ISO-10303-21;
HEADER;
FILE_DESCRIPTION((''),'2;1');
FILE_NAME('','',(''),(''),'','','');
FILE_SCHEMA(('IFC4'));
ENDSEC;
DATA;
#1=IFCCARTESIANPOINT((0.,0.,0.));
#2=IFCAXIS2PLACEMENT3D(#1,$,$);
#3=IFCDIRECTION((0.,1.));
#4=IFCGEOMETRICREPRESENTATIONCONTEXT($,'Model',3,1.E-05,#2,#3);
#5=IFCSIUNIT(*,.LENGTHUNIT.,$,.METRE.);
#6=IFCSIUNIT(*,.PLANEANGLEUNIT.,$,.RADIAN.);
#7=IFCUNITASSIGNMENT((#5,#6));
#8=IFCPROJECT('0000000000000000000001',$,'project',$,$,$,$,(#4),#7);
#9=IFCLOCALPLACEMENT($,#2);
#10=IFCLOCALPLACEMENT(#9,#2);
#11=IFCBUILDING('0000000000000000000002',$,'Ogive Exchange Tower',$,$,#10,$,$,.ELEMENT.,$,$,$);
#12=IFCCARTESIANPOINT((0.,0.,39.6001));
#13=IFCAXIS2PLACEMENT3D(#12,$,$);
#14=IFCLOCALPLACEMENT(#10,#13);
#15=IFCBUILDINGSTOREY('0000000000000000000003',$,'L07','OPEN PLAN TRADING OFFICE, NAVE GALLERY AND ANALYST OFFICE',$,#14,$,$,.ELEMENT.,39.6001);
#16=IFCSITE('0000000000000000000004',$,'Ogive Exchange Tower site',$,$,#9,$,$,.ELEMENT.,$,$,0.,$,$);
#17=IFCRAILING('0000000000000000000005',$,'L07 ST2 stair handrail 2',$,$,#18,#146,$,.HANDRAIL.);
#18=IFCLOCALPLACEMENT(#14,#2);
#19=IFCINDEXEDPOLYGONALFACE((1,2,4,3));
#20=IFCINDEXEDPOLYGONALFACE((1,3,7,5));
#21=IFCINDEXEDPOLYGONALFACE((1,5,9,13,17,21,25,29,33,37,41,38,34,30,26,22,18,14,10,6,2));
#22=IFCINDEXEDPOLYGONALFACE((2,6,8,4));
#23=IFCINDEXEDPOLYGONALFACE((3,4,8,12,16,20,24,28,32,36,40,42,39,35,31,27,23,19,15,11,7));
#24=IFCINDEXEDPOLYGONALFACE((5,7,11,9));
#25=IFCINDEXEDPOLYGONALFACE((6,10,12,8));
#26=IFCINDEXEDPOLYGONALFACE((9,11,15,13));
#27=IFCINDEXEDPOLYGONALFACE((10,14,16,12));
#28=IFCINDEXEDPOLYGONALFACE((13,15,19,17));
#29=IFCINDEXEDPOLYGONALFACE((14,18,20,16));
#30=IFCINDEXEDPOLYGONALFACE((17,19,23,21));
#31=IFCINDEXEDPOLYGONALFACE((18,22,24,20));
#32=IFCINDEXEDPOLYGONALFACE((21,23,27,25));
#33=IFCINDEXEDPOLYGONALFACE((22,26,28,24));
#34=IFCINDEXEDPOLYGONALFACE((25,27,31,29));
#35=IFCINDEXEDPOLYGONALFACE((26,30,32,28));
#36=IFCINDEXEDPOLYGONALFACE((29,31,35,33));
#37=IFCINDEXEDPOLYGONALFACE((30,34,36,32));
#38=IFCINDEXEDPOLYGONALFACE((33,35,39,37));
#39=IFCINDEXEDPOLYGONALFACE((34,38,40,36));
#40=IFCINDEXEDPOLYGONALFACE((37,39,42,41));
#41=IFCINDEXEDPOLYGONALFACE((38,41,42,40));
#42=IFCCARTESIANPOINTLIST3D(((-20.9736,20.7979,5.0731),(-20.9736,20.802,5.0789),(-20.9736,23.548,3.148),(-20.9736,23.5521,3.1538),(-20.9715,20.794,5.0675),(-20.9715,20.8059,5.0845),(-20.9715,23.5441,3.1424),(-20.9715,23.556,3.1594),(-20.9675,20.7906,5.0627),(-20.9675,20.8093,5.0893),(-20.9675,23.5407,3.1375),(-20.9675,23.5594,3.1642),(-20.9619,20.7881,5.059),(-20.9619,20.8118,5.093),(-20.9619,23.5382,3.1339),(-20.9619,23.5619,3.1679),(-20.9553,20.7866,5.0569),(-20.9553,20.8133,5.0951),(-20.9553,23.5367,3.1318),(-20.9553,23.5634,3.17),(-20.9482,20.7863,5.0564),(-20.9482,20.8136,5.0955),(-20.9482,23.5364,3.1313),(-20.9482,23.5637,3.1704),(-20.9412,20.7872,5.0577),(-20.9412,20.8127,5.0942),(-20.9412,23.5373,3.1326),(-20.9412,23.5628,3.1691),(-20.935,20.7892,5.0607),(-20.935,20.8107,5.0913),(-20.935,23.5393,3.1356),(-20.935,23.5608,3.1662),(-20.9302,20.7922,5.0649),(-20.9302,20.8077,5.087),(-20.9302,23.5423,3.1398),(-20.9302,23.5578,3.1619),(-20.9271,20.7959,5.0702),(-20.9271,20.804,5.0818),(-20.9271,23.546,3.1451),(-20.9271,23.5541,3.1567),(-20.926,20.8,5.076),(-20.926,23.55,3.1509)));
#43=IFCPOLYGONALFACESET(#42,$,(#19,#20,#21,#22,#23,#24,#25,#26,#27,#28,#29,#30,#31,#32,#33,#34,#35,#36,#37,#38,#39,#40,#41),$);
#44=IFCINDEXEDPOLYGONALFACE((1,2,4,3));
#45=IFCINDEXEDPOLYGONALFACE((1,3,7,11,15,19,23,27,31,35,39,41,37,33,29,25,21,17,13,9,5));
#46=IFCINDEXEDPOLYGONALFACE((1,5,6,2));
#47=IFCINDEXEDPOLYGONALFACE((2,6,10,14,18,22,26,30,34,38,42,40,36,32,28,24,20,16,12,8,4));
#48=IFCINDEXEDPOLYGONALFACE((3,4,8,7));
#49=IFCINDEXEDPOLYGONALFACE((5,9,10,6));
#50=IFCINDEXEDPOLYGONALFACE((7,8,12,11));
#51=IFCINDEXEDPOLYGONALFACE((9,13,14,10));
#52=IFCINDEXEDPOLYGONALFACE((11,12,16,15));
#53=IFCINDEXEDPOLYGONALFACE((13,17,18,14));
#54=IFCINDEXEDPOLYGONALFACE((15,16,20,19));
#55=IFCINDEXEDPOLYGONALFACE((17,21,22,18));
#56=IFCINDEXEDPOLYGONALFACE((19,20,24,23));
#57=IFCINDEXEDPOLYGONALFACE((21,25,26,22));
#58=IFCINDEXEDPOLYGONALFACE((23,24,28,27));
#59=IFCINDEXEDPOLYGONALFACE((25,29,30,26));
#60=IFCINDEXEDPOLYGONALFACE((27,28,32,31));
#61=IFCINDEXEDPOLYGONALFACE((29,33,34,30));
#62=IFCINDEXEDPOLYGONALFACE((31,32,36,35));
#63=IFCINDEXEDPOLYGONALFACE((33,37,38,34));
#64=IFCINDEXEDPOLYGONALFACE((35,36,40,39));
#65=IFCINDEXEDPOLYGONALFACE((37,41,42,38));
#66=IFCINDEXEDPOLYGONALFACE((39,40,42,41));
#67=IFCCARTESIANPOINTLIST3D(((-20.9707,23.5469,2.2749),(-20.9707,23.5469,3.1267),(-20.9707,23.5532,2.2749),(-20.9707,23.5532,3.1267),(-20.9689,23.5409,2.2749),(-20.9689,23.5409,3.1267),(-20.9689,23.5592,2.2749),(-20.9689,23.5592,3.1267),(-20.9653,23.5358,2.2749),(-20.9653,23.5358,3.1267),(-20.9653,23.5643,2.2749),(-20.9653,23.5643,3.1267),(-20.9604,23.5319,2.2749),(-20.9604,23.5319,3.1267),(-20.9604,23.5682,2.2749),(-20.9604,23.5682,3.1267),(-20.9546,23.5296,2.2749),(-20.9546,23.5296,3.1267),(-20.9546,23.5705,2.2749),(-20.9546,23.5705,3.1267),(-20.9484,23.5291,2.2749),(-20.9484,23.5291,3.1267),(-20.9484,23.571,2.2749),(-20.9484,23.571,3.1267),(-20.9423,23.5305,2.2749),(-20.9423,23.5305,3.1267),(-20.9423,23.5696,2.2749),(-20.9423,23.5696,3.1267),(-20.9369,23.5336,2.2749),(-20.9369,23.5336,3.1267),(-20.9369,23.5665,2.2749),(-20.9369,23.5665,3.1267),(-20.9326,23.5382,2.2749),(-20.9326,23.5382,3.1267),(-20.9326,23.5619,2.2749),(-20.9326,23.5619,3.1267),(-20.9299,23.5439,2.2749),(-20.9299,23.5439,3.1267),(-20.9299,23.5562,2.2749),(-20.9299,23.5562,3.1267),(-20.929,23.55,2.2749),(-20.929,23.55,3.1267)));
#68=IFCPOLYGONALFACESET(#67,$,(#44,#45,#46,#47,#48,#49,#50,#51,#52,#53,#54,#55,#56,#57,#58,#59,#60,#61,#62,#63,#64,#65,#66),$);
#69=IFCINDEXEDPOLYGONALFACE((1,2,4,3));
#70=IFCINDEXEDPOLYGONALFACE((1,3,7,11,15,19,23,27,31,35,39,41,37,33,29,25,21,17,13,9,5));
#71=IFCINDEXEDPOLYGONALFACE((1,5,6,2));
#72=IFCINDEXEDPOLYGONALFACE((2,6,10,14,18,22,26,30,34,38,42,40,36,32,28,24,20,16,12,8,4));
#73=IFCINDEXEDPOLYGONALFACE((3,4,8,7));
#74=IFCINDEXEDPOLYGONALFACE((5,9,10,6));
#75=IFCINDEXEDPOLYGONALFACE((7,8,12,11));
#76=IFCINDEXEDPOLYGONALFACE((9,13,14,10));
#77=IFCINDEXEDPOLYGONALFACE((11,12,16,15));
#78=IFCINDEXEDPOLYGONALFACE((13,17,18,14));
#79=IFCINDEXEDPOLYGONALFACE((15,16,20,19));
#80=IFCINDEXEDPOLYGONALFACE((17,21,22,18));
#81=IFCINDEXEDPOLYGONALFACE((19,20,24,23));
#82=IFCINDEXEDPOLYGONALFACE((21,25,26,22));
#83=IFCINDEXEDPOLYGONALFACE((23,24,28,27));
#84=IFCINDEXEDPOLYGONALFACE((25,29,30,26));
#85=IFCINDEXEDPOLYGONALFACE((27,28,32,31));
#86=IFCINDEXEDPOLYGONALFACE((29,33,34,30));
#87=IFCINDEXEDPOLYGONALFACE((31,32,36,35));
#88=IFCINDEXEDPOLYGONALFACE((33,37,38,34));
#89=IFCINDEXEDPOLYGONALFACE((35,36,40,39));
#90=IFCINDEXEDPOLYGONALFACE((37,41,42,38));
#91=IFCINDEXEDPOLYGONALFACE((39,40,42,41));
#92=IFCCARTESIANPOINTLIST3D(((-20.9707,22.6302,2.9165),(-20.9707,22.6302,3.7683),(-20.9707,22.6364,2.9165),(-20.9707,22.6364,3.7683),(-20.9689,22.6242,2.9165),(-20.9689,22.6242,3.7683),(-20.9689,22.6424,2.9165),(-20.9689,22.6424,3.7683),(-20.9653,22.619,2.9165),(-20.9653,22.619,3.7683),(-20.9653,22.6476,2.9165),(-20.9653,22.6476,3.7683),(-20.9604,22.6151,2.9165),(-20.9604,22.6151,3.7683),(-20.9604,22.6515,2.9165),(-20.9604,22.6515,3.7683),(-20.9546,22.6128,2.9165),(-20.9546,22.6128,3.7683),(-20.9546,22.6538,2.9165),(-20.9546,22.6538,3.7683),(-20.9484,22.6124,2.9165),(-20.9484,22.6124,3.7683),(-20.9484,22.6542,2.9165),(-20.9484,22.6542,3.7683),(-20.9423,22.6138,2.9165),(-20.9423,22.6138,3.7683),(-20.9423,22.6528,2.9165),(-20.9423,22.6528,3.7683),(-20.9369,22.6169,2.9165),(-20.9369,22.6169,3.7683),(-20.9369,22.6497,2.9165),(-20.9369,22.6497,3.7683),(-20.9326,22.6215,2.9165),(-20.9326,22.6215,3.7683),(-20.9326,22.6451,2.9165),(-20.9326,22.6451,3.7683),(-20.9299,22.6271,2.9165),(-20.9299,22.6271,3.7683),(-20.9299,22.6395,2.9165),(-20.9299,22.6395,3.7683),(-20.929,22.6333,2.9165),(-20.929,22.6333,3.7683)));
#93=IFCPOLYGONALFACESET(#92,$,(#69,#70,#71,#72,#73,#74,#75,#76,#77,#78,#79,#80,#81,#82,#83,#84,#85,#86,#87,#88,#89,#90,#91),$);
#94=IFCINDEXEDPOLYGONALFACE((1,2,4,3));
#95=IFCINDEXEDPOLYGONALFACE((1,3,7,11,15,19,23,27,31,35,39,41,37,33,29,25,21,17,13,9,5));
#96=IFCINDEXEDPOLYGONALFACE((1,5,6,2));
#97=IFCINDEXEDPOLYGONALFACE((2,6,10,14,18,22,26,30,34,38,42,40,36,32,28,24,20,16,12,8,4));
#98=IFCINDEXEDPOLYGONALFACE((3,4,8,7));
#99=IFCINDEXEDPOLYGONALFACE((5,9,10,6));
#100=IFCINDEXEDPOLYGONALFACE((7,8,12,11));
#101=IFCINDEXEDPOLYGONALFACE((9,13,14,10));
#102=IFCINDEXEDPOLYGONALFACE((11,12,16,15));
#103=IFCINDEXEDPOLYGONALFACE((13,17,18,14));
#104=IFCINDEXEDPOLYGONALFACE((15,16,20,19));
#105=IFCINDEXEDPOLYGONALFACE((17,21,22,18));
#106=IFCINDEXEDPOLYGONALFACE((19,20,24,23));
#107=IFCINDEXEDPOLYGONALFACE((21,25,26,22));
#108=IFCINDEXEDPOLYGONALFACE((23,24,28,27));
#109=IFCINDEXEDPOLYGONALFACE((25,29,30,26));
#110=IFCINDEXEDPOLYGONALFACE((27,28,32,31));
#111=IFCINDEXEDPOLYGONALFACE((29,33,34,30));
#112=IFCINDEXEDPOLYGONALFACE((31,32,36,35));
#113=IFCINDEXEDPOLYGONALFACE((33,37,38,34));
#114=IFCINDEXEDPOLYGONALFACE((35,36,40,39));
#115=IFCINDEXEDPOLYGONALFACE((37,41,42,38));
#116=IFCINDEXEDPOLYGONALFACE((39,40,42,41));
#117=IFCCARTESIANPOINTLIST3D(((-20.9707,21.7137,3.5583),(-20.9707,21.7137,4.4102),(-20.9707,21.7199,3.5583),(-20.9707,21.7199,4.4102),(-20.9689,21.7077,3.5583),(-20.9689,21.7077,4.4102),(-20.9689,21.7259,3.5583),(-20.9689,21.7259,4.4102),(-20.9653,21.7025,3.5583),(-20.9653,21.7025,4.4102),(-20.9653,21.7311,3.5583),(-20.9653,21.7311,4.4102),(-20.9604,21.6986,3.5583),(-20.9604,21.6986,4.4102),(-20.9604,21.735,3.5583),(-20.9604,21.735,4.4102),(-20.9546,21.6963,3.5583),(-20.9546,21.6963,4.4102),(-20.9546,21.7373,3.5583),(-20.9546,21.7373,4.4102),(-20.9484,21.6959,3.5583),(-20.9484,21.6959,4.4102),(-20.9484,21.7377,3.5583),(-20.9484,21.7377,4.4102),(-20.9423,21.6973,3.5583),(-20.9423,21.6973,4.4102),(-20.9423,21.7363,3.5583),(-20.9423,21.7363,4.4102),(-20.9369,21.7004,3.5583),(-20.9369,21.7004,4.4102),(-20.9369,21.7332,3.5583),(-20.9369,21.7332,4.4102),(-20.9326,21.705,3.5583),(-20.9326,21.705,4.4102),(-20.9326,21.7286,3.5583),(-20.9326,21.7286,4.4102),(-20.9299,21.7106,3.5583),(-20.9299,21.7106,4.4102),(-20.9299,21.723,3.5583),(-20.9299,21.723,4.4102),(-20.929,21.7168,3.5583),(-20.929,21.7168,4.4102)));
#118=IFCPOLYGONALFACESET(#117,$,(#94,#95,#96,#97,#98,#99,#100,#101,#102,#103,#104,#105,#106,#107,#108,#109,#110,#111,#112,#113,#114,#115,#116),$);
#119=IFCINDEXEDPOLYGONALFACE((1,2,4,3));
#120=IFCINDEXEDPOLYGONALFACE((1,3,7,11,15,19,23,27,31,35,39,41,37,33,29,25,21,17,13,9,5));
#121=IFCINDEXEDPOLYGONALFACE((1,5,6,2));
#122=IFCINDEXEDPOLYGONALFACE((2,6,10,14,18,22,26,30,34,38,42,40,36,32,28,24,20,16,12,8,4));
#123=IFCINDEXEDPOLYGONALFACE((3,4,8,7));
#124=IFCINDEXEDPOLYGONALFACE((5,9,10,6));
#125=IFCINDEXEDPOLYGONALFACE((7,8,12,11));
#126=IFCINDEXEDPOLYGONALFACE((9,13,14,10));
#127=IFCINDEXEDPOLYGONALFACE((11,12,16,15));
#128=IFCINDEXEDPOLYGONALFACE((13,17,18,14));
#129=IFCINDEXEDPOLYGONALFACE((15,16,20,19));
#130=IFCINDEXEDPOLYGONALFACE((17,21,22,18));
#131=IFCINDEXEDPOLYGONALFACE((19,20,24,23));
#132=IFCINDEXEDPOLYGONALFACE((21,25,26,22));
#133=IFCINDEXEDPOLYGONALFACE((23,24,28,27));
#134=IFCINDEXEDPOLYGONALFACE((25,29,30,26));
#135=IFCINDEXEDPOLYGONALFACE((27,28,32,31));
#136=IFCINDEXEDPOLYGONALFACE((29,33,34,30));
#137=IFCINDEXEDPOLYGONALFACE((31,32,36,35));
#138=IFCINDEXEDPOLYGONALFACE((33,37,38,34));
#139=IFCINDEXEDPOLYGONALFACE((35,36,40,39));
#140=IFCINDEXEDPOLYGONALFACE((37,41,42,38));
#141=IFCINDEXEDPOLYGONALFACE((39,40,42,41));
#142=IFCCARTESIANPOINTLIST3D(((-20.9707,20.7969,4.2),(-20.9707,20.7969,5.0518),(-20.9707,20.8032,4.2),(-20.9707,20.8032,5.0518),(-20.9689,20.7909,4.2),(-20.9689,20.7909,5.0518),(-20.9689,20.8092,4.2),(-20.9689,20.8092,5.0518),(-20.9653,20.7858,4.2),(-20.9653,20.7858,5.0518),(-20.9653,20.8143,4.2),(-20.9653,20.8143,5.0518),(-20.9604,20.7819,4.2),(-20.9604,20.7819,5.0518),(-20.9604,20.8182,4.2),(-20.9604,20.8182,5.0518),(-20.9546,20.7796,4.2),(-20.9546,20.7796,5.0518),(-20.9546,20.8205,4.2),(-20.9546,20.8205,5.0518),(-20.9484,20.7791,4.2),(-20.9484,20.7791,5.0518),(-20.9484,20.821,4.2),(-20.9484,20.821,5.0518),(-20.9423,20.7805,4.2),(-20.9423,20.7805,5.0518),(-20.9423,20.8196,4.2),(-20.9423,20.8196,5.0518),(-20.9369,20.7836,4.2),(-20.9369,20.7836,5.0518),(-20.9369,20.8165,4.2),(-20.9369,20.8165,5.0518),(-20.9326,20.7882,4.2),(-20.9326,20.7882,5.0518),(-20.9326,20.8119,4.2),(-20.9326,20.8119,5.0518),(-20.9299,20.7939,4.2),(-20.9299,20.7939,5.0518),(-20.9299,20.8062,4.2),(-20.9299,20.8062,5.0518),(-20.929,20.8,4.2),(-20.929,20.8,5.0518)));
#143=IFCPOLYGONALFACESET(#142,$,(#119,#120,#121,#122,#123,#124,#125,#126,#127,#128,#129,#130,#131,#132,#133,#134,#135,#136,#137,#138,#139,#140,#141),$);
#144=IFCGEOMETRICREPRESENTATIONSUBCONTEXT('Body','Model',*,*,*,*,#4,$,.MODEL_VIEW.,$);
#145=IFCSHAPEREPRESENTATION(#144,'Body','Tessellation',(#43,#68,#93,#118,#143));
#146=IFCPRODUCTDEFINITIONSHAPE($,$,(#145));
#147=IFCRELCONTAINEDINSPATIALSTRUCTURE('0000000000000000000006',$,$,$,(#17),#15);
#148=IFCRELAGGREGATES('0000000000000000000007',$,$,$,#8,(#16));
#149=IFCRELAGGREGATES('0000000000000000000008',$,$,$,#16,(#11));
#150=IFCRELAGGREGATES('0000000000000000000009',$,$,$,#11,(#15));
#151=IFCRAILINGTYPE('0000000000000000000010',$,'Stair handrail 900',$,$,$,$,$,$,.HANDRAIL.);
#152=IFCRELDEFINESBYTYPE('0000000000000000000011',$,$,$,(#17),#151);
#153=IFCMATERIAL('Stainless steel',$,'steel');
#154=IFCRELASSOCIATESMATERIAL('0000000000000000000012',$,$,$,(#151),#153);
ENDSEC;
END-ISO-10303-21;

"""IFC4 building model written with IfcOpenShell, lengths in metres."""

from ifc_helpers import new_model, si_unit, direction, frame, origin, origin_2d, place, context, subcontext, project, spatial, circle, extrude, material, type_object, element, save


model = new_model("IFC4")

# Units and contexts
model_context = context("Model", 3, precision=1e-05, world=origin(), true_north=direction((0.0, 1.0)))
body_context = subcontext(model_context, "Body", "Model", "MODEL_VIEW")
ifc_project = project(units=[si_unit("LENGTHUNIT", "METRE"), si_unit("PLANEANGLEUNIT", "RADIAN")], contexts=[model_context])

# Site, building, storey
site_placement = place(None, origin())
site = spatial("IfcSite", under=ifc_project, at=site_placement, Name="Ogive Exchange Tower site", CompositionType="ELEMENT", RefElevation=0.0)
building_placement = place(site_placement, origin())
building = spatial("IfcBuilding", under=site, at=building_placement, Name="Ogive Exchange Tower", CompositionType="ELEMENT")
storey_placement = place(building_placement, frame((0.0, 0.0, 39.6001)))
storey = spatial("IfcBuildingStorey", under=building, at=storey_placement, Name="L07", Description="OPEN PLAN TRADING OFFICE, NAVE GALLERY AND ANALYST OFFICE", CompositionType="ELEMENT", Elevation=39.6001)

# Railing
ifc_material_1 = material(Name="Stainless steel", Category="steel")
railing_type = type_object("IfcRailingType", Name="Stair handrail 900", PredefinedType="HANDRAIL", material=ifc_material_1)
railing_1_placement = place(storey_placement, frame((-20.95, 23.55, 2.2749)))
element("IfcRailing", 1, at=railing_1_placement, inside=storey, type_object=railing_type, Name="L07 ST2 stair handrail 2", PredefinedType="HANDRAIL", context=body_context, shape_type="SweptSolid", body=[
    extrude(circle(Radius=0.0239, at=origin_2d()), frame((0.0, 0.0, 0.876), z_axis=(0.0, -0.819225, 0.573472), x_axis=(1.0, 0.0, 0.0)), (0.0, 0.0, 1.0), 3.3569),
    extrude(circle(Radius=0.021, at=origin_2d()), origin(), (0.0, 0.0, 1.0), 0.8518),
    extrude(circle(Radius=0.021, at=origin_2d()), frame((0.0, -0.9167, 0.6416)), (0.0, 0.0, 1.0), 0.8518),
    extrude(circle(Radius=0.021, at=origin_2d()), frame((0.0, -1.8333, 1.2834)), (0.0, 0.0, 1.0), 0.8518),
    extrude(circle(Radius=0.021, at=origin_2d()), frame((0.0, -2.75, 1.925)), (0.0, 0.0, 1.0), 0.8518),
])

save(model, "model.ifc")
